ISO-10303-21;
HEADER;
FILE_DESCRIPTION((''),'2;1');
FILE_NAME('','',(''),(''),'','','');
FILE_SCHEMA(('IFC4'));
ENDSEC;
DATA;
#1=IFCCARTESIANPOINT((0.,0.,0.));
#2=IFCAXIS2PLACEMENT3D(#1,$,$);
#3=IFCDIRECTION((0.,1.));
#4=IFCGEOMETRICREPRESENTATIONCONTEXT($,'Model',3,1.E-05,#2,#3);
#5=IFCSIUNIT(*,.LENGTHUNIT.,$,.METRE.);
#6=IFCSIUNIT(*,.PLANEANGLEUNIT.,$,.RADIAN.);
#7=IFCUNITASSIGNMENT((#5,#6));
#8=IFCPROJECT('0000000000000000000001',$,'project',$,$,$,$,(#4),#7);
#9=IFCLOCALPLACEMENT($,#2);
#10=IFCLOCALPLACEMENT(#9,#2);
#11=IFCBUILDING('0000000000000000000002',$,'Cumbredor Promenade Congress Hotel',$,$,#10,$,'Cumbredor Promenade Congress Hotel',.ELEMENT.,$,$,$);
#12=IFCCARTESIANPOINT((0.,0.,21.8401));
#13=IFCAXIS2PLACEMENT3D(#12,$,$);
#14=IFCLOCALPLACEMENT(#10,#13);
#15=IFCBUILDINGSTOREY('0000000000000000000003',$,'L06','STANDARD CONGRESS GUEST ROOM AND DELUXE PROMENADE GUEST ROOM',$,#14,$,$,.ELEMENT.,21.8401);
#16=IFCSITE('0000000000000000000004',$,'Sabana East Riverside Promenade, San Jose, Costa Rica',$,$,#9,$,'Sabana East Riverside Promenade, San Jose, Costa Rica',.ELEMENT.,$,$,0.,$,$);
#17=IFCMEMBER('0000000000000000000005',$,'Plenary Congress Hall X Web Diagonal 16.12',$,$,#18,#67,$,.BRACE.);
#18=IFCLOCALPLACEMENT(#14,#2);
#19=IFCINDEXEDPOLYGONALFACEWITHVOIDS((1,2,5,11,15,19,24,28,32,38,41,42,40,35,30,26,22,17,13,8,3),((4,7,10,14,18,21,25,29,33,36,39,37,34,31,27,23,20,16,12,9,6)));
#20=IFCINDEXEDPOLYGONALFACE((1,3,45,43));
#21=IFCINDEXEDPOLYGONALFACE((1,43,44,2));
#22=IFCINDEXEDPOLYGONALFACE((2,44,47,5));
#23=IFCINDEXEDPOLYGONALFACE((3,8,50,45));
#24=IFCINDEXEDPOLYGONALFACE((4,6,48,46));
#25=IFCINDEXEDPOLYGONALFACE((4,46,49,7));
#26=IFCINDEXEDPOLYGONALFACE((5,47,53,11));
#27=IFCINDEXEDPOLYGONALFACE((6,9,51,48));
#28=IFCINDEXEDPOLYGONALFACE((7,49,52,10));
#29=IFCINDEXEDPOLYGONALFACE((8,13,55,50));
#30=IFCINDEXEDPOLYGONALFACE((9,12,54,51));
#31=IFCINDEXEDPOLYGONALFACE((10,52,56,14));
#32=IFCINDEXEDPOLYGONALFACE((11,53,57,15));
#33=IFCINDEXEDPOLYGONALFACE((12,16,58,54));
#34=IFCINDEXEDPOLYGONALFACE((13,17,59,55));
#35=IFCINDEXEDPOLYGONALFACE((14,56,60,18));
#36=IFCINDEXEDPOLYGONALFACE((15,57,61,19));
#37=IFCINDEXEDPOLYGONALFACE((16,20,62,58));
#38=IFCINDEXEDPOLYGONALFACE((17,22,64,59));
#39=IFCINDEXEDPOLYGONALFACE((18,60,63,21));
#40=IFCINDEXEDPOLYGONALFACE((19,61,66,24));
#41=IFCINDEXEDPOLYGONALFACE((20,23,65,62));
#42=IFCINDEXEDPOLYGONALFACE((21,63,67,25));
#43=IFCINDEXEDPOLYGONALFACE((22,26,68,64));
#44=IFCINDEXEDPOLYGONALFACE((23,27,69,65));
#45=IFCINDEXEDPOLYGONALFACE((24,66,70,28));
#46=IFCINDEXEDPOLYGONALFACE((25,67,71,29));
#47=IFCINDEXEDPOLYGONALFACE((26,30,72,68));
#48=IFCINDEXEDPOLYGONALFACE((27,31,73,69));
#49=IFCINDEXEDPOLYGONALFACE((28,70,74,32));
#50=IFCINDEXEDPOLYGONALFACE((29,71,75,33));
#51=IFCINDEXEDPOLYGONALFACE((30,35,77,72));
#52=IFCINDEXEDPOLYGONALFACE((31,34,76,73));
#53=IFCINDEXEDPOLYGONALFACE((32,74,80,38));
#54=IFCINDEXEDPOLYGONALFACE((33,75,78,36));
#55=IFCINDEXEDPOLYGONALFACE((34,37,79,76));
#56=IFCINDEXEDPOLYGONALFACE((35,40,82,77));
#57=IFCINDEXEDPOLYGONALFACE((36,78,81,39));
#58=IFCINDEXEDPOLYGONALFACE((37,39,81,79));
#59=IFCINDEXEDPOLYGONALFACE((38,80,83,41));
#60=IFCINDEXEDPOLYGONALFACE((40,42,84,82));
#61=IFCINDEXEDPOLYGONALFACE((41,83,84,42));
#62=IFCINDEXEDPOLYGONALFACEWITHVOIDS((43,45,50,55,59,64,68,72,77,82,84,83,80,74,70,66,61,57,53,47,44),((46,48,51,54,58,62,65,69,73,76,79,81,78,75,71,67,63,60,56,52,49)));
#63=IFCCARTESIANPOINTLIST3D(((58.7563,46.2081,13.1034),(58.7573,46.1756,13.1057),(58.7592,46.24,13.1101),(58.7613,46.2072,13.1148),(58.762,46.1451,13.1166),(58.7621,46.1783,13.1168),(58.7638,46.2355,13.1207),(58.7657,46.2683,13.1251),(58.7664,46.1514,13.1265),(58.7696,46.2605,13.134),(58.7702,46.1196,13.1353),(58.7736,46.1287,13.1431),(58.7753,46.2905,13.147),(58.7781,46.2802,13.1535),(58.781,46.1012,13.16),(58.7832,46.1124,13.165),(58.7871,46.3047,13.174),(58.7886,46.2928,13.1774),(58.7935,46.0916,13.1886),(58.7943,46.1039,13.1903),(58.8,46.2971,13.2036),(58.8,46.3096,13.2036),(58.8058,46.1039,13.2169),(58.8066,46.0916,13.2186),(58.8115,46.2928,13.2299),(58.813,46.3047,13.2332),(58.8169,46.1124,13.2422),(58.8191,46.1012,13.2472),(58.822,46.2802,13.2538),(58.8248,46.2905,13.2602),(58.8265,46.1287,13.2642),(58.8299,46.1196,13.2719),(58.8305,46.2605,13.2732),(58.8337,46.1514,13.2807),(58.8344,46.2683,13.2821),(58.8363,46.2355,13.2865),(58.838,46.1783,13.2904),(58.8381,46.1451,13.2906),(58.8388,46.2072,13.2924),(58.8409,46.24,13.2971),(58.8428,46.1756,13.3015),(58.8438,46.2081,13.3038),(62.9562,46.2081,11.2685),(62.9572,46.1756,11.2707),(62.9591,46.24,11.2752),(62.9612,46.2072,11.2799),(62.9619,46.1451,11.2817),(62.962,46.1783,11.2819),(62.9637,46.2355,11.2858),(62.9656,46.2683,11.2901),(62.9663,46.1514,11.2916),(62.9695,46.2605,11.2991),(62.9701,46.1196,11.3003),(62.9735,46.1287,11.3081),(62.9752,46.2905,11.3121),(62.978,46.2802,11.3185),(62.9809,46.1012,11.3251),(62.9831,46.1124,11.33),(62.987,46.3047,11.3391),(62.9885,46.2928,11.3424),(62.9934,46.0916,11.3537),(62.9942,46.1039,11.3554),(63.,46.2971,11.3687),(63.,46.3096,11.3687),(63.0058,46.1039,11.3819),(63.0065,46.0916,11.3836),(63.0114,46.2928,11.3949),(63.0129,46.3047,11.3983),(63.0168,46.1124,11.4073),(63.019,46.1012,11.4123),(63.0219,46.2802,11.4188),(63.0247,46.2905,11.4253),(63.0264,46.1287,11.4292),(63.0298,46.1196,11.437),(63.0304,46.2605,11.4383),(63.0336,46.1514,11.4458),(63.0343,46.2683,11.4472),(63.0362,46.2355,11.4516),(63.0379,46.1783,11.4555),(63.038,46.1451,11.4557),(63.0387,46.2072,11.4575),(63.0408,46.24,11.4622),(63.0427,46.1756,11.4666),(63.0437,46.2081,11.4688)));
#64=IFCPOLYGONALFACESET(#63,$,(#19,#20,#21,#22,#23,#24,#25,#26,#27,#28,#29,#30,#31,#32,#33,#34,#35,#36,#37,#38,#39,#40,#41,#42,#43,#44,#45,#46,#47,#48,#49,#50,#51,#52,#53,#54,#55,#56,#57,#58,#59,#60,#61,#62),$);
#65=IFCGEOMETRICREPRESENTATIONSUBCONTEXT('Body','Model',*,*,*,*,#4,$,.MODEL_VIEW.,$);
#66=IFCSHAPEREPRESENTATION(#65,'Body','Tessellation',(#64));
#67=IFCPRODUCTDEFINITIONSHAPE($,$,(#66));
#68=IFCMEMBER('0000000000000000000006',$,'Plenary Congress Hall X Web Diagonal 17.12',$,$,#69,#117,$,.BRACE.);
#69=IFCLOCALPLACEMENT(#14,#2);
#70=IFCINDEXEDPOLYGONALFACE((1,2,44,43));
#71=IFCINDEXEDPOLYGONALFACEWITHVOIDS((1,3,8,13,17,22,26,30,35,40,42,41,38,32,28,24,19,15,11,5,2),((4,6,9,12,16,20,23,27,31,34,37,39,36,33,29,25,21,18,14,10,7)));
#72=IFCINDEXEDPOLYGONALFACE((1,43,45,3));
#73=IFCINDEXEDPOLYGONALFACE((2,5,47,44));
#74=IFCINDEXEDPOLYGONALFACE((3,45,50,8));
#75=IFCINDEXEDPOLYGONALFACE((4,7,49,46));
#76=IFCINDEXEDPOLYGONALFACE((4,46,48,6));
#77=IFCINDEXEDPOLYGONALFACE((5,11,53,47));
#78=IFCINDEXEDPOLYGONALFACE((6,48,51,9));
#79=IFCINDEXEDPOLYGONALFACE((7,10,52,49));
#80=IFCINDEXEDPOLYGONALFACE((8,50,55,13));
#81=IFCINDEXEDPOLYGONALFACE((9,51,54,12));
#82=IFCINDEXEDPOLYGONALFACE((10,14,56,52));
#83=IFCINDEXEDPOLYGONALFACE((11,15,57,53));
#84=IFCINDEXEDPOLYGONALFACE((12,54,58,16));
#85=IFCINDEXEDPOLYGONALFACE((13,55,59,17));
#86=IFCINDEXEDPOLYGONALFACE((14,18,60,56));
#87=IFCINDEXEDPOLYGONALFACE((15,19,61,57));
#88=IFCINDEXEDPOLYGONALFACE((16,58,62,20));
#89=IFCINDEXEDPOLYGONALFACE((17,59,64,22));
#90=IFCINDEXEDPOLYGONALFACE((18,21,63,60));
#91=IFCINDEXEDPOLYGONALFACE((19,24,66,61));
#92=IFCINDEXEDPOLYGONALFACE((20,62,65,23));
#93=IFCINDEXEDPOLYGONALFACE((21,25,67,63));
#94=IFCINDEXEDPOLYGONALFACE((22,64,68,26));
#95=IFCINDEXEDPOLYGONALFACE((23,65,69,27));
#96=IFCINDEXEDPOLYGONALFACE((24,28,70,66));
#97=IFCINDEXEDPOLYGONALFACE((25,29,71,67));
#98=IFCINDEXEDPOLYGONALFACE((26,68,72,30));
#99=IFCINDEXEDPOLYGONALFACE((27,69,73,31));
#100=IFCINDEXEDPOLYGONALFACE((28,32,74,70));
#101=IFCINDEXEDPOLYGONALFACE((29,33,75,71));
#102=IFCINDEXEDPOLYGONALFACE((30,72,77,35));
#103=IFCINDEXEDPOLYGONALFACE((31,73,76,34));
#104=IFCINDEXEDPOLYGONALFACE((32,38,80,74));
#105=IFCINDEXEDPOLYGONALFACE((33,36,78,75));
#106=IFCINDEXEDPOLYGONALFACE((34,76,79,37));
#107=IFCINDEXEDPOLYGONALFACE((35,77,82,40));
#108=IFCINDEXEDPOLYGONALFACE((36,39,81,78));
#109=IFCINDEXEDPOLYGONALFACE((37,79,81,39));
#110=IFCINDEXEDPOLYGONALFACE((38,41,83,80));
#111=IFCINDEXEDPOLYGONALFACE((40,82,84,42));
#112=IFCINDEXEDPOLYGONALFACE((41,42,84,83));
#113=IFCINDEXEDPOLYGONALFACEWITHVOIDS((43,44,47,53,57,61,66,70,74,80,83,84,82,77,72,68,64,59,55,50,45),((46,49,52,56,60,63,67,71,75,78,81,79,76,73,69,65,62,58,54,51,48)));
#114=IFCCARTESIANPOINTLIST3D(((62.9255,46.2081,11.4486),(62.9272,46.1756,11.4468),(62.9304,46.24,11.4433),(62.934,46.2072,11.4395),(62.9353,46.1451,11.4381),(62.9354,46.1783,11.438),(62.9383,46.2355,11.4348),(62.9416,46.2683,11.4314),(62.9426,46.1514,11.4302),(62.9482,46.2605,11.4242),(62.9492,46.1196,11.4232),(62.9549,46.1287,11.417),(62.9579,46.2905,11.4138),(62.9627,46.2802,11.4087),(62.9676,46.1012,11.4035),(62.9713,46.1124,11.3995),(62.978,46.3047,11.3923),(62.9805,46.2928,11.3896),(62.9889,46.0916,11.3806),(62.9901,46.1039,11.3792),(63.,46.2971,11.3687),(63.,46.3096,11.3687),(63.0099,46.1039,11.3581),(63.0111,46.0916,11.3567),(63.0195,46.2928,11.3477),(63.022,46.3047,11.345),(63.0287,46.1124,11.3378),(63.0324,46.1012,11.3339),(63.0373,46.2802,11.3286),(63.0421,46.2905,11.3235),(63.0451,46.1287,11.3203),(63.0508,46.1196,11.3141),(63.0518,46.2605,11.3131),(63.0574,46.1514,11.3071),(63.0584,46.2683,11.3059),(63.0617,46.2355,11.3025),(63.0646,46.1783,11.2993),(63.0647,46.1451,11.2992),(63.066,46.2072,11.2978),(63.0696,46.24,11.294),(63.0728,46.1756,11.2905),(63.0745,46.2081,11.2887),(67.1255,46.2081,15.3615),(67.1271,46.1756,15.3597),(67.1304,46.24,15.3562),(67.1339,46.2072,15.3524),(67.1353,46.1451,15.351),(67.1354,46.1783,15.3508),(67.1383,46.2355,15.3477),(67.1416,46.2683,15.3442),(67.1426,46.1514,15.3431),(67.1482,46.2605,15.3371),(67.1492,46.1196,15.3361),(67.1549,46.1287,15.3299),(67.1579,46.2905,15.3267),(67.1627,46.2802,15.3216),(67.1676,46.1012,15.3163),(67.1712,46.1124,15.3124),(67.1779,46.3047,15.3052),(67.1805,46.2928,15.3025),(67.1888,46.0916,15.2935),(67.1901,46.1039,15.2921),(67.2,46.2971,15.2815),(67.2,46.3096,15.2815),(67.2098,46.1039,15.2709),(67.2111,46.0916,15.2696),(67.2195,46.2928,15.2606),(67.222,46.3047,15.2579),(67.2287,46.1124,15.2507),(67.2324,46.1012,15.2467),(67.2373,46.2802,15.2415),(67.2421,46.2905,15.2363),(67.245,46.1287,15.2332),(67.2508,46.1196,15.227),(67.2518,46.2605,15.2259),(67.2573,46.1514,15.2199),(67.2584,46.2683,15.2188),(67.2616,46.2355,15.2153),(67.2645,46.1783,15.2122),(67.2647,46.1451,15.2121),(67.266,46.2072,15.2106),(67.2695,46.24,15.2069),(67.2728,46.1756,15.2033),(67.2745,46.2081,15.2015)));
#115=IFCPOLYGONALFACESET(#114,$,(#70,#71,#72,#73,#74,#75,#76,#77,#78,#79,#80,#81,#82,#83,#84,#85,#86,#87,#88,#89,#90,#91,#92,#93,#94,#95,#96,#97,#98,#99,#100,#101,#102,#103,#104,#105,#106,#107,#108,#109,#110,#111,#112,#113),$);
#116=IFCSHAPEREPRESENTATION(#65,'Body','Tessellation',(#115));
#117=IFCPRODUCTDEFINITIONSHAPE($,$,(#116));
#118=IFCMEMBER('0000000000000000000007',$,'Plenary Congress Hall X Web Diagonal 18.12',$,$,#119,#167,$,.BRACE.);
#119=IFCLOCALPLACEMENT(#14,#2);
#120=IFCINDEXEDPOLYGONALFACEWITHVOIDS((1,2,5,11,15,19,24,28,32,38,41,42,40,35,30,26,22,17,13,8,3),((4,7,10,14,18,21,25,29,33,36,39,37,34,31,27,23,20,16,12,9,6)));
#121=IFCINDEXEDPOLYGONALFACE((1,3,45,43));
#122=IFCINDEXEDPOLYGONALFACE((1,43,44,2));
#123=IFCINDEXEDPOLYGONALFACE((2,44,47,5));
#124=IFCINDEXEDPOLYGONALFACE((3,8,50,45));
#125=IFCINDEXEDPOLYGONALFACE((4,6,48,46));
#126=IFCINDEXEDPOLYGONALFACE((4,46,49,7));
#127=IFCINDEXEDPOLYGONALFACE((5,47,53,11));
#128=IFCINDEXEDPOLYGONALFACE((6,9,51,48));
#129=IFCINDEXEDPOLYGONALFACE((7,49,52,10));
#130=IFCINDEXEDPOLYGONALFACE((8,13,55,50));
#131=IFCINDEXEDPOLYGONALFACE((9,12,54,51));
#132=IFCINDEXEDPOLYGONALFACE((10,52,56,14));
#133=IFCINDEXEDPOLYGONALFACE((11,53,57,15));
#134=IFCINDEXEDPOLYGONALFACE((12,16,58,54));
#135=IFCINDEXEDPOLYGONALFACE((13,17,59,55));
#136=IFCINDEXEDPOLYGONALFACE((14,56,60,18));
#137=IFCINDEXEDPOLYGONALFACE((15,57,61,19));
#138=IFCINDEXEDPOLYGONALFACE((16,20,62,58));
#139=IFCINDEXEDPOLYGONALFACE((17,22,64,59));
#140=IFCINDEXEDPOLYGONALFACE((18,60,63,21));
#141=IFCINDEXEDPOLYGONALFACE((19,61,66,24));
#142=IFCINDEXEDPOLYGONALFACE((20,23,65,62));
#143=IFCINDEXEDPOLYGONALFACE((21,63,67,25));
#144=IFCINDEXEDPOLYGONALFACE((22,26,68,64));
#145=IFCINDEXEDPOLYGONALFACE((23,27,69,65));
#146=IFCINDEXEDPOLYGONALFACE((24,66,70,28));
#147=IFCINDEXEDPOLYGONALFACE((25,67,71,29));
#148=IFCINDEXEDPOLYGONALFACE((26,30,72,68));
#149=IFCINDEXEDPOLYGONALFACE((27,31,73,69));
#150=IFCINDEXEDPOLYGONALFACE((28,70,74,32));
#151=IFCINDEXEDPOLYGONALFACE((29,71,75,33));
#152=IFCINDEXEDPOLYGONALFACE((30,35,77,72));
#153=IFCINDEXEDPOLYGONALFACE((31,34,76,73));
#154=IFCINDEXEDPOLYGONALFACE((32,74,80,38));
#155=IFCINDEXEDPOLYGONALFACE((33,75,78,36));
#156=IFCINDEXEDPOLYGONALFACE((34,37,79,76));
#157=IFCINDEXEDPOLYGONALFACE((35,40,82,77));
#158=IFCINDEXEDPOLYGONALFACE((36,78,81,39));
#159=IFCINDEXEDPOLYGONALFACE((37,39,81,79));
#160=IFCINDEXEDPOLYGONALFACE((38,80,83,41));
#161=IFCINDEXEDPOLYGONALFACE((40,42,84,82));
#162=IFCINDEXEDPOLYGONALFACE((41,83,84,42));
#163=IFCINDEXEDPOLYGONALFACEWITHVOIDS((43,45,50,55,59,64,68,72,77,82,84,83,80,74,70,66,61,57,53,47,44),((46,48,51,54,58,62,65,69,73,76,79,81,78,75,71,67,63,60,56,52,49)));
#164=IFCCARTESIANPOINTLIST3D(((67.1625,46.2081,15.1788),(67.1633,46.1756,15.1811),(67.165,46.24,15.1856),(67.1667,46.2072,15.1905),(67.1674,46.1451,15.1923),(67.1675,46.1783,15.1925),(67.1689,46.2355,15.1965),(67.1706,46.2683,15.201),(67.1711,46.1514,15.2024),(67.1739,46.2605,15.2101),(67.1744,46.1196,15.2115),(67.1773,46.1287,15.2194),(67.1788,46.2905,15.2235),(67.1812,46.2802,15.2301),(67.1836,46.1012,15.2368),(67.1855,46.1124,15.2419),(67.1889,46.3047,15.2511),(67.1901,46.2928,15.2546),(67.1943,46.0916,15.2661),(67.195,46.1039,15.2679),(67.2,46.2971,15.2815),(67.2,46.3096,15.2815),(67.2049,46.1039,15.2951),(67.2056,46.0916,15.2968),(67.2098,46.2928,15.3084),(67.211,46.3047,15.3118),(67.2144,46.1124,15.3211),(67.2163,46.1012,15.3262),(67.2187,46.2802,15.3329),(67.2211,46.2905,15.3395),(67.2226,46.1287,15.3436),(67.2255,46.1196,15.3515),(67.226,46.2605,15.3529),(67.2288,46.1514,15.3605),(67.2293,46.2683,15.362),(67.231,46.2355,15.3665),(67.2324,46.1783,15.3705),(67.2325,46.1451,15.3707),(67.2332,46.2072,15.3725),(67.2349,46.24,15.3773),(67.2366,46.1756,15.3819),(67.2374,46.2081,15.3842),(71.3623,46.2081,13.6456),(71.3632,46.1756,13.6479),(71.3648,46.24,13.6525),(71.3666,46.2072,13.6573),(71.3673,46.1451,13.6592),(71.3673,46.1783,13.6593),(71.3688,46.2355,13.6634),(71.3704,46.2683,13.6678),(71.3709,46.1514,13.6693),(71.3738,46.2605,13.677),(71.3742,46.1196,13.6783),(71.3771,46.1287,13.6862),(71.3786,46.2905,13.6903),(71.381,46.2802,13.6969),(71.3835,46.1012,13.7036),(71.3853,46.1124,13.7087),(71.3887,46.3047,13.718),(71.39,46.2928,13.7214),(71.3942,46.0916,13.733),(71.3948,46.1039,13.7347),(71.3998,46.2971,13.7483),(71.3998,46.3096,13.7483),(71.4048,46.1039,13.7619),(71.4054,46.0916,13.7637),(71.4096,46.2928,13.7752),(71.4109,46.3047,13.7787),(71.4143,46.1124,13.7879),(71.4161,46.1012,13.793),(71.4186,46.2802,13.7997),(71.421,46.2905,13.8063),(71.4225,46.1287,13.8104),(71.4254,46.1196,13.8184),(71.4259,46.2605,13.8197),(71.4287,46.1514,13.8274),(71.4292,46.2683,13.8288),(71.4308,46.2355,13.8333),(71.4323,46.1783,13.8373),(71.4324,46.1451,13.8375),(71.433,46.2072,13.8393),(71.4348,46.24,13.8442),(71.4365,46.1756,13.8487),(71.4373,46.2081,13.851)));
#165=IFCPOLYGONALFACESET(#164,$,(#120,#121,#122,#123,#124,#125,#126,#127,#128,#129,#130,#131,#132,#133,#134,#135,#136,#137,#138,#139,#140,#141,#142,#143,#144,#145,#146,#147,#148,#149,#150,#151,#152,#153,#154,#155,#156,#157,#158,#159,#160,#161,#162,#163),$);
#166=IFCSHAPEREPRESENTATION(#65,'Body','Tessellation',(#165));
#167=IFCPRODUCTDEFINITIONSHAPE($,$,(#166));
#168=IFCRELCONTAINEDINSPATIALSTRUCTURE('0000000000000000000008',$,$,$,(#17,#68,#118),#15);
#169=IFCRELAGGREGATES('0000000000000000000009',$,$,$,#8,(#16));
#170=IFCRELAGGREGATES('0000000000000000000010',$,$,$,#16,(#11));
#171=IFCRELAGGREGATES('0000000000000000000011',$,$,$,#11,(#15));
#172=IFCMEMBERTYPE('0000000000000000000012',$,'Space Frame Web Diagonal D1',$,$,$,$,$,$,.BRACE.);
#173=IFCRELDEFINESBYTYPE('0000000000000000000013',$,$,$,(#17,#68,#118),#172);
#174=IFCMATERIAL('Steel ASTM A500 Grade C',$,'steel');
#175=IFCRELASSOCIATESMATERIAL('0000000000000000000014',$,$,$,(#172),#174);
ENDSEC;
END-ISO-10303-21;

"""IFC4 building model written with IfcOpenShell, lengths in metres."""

from ifc_helpers import new_model, si_unit, direction, frame, origin, origin_2d, place, context, subcontext, project, spatial, hollow_circle, extrude, material, material_profile, profile_set, type_object, element, save


model = new_model("IFC4")

# Units and contexts
model_context = context("Model", 3, precision=1e-05, world=origin(), true_north=direction((0.0, 1.0)))
body_context = subcontext(model_context, "Body", "Model", "MODEL_VIEW")
ifc_project = project(units=[si_unit("LENGTHUNIT", "METRE"), si_unit("PLANEANGLEUNIT", "RADIAN")], contexts=[model_context])

# Site, building, storey
site_placement = place(None, origin())
site = spatial("IfcSite", under=ifc_project, at=site_placement, Name="Sabana East Riverside Promenade, San Jose, Costa Rica", LongName="Sabana East Riverside Promenade, San Jose, Costa Rica", CompositionType="ELEMENT", RefElevation=0.0)
building_placement = place(site_placement, origin())
building = spatial("IfcBuilding", under=site, at=building_placement, Name="Cumbredor Promenade Congress Hotel", LongName="Cumbredor Promenade Congress Hotel", CompositionType="ELEMENT")
storey_placement = place(building_placement, frame((0.0, 0.0, 21.8401)))
storey = spatial("IfcBuildingStorey", under=building, at=storey_placement, Name="L06", Description="STANDARD CONGRESS GUEST ROOM AND DELUXE PROMENADE GUEST ROOM", CompositionType="ELEMENT", Elevation=21.8401)

# Members
ifc_material_1 = material(Name="Steel ASTM A500 Grade C", Category="steel")
ifc_material_profile_1 = material_profile(ifc_material_1, hollow_circle(Radius=0.1096, WallThickness=0.0125, at=origin_2d()), Name="CHS 219.1x12.5")
ifc_profile_set_1 = profile_set([ifc_material_profile_1], Name="Steel ASTM A500 Grade C")
member_type_1 = type_object("IfcMemberType", Name="Space Frame Web Diagonal D1", PredefinedType="BRACE", material=ifc_profile_set_1)
member_1_placement = place(storey_placement, frame((58.8, 46.2, 13.2036), z_axis=(0.916359, 0.0, -0.400358), x_axis=(0.0, 1.0, 0.0)))
element("IfcMember", 1, at=member_1_placement, inside=storey, type_object=member_type_1, Name="Plenary Congress Hall X Web Diagonal 16.12", PredefinedType="BRACE", context=body_context, shape_type="SweptSolid", body=[
    extrude(hollow_circle(Radius=0.1096, WallThickness=0.0125, at=origin_2d()), origin(), (0.0, 0.0, 1.0), 4.5833),
])
member_2_placement = place(storey_placement, frame((63.0, 46.2, 11.3687), z_axis=(0.731673, 0.0, 0.681656), x_axis=(0.0, 1.0, 0.0)))
element("IfcMember", 2, at=member_2_placement, inside=storey, type_object=member_type_1, Name="Plenary Congress Hall X Web Diagonal 17.12", PredefinedType="BRACE", context=body_context, shape_type="SweptSolid", body=[
    extrude(hollow_circle(Radius=0.1096, WallThickness=0.0125, at=origin_2d()), origin(), (0.0, 0.0, 1.0), 5.7402),
])
member_3_placement = place(storey_placement, frame((67.2, 46.2, 15.2815), z_axis=(0.939365, 0.0, -0.342918), x_axis=(0.0, 1.0, 0.0)))
element("IfcMember", 3, at=member_3_placement, inside=storey, type_object=member_type_1, Name="Plenary Congress Hall X Web Diagonal 18.12", PredefinedType="BRACE", context=body_context, shape_type="SweptSolid", body=[
    extrude(hollow_circle(Radius=0.1096, WallThickness=0.0125, at=origin_2d()), origin(), (0.0, 0.0, 1.0), 4.4709),
])

save(model, "model.ifc")
